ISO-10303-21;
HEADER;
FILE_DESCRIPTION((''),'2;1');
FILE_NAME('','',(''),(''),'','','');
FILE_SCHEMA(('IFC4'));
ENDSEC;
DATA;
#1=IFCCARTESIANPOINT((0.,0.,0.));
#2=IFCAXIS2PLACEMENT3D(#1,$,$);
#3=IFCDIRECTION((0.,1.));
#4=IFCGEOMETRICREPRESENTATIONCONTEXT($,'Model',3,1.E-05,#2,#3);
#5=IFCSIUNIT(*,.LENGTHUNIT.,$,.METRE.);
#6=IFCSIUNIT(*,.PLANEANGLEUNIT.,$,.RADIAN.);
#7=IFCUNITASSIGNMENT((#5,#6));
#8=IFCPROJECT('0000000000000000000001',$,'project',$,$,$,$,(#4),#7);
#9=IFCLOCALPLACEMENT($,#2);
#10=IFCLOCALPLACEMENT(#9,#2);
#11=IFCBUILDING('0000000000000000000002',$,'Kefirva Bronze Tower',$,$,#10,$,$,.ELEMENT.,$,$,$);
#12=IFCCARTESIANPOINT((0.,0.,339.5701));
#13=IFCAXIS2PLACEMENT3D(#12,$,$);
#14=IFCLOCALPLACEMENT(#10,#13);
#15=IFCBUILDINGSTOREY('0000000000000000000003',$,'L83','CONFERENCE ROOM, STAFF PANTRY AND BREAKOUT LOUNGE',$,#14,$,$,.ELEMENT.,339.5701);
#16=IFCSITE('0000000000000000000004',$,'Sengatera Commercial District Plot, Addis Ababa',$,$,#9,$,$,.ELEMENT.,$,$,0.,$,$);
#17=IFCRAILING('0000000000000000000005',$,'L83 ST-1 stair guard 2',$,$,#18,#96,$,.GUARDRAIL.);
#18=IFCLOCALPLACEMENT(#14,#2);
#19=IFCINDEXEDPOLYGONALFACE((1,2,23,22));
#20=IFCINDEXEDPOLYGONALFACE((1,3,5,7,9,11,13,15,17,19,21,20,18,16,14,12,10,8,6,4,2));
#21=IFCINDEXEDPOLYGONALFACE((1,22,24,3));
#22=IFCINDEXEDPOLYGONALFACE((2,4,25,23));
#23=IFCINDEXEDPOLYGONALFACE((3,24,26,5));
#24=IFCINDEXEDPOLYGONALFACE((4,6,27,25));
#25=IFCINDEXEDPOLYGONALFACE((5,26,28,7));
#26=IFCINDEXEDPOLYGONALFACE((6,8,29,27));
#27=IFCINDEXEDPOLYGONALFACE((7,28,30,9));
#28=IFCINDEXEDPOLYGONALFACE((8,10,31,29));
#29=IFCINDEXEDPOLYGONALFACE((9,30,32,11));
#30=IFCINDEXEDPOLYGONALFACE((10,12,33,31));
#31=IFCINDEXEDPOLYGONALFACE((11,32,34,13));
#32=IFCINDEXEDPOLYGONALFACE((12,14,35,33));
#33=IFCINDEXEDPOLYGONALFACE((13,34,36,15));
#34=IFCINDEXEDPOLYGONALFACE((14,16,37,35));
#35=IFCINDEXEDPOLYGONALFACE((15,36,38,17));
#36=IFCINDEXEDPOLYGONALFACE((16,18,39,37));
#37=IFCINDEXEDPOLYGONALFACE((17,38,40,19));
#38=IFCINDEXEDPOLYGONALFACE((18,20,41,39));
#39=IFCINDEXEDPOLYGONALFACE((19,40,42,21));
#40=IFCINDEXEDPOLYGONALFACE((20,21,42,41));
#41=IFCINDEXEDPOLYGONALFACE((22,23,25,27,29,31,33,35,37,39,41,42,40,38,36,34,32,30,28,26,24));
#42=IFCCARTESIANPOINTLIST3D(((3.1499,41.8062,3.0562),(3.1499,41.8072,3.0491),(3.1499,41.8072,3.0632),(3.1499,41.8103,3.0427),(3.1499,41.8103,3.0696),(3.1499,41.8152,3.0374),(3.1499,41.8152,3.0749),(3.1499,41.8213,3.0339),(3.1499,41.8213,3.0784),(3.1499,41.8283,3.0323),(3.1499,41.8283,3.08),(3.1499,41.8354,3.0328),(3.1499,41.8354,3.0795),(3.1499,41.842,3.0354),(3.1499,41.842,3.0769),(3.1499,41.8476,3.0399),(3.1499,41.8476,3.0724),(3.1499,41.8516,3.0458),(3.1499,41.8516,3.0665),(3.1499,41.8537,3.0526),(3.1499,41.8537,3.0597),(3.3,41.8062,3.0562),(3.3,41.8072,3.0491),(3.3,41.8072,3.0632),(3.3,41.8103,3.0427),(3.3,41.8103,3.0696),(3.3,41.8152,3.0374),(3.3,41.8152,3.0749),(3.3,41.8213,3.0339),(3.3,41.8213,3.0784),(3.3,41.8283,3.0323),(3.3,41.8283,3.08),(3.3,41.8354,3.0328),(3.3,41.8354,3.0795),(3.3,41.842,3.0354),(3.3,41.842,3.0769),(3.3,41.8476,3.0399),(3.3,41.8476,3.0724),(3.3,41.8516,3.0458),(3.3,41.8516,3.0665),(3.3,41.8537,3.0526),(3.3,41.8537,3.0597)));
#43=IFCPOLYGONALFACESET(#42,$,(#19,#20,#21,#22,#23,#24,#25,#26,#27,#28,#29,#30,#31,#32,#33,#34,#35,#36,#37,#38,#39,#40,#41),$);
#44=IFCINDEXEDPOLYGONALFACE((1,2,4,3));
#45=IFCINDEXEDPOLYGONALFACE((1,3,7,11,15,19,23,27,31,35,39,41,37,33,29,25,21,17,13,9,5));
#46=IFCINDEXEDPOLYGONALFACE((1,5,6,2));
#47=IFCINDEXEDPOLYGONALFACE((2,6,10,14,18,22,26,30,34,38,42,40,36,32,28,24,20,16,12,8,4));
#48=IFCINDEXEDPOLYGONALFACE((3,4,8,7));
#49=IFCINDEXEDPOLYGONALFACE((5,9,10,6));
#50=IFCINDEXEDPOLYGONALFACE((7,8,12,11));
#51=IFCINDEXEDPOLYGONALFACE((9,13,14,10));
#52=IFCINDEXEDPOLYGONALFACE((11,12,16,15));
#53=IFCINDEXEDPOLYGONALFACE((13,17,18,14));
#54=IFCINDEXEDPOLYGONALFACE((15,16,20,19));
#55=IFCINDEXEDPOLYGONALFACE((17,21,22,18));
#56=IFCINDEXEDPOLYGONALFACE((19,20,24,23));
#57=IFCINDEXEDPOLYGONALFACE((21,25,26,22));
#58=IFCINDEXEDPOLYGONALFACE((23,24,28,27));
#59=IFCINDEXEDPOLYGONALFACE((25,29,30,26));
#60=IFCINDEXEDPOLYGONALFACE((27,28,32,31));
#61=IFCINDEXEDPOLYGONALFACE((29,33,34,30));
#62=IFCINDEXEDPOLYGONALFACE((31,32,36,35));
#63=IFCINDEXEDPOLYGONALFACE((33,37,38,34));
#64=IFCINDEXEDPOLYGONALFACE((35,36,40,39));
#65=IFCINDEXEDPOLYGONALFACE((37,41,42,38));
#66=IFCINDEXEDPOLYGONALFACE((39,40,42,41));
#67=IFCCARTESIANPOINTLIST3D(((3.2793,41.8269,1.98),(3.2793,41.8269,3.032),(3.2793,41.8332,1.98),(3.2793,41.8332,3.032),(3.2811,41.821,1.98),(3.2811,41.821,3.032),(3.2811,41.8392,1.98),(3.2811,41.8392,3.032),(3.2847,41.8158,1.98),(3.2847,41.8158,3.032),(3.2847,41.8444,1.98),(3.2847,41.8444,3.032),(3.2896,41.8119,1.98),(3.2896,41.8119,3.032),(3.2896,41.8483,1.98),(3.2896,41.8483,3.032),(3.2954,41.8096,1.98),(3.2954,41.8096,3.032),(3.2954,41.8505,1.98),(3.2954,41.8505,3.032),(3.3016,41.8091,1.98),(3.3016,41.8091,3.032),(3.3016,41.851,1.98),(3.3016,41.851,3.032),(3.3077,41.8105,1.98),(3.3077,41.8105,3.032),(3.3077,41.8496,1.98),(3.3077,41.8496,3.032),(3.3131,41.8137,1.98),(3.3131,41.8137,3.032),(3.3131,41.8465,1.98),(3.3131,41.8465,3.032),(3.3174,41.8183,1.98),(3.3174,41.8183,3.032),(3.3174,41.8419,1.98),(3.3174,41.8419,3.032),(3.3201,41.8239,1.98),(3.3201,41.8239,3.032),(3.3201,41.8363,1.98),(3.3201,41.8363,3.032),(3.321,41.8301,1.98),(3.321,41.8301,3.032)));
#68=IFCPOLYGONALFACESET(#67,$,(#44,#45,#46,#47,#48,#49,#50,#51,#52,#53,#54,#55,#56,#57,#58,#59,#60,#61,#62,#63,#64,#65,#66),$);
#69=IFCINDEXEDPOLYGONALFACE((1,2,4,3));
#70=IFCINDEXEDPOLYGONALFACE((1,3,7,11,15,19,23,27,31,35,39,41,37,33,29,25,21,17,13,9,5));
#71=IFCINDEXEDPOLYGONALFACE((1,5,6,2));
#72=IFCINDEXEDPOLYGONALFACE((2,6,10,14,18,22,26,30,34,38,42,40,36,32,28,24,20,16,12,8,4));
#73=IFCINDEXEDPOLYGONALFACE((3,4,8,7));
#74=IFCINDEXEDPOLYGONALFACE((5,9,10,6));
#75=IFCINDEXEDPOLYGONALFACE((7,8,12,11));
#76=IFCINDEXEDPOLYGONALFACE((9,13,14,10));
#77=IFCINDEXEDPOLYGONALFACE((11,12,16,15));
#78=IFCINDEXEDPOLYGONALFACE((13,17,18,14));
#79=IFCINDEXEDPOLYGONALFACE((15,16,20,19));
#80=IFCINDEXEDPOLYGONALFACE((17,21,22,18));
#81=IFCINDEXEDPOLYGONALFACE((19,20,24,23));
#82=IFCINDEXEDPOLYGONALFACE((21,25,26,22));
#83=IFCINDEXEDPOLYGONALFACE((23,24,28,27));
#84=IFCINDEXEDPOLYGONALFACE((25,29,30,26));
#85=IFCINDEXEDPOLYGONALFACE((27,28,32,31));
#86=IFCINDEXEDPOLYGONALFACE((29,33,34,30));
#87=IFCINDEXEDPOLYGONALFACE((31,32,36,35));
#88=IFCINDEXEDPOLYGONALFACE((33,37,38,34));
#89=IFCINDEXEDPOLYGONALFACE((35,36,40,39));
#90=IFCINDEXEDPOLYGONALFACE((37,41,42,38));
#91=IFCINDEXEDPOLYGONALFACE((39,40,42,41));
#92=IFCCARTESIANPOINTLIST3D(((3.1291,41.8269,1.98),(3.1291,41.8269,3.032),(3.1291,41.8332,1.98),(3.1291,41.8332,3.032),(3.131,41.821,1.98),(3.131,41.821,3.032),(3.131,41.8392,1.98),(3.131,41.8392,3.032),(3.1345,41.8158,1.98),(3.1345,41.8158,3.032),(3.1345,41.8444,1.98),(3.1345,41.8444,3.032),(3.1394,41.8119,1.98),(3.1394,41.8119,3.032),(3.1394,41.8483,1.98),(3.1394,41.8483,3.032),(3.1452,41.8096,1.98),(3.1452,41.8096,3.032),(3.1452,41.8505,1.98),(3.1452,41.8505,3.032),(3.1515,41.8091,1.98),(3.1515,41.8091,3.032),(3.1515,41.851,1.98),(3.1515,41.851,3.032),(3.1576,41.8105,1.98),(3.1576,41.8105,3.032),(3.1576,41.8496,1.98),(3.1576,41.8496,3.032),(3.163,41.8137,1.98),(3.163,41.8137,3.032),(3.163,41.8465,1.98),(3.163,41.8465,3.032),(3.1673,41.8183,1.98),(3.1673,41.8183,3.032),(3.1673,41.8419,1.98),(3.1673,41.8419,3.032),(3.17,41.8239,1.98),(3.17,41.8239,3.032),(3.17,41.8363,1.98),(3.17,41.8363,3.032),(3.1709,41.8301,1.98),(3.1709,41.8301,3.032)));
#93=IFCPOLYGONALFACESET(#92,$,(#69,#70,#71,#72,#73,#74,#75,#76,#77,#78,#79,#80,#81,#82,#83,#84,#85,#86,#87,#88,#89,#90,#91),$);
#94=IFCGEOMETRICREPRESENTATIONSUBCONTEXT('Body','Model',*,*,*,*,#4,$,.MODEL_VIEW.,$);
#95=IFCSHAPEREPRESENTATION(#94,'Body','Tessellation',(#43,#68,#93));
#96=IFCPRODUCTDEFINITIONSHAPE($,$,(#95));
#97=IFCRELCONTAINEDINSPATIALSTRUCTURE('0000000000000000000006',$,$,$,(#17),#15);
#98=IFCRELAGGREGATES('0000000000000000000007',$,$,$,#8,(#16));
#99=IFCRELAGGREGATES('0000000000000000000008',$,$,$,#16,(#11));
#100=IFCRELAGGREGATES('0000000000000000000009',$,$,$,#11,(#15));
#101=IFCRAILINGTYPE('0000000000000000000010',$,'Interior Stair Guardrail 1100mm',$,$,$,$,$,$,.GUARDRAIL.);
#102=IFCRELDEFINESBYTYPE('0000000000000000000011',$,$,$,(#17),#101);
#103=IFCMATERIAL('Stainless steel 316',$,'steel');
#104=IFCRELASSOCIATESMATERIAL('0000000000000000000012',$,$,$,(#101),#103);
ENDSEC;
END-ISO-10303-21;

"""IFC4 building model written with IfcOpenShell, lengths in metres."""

from ifc_helpers import new_model, si_unit, direction, frame, origin, origin_2d, place, context, subcontext, project, spatial, circle, extrude, material, type_object, element, save


model = new_model("IFC4")

# Units and contexts
model_context = context("Model", 3, precision=1e-05, world=origin(), true_north=direction((0.0, 1.0)))
body_context = subcontext(model_context, "Body", "Model", "MODEL_VIEW")
ifc_project = project(units=[si_unit("LENGTHUNIT", "METRE"), si_unit("PLANEANGLEUNIT", "RADIAN")], contexts=[model_context])

# Site, building, storey
site_placement = place(None, origin())
site = spatial("IfcSite", under=ifc_project, at=site_placement, Name="Sengatera Commercial District Plot, Addis Ababa", CompositionType="ELEMENT", RefElevation=0.0)
building_placement = place(site_placement, origin())
building = spatial("IfcBuilding", under=site, at=building_placement, Name="Kefirva Bronze Tower", CompositionType="ELEMENT")
storey_placement = place(building_placement, frame((0.0, 0.0, 339.5701)))
storey = spatial("IfcBuildingStorey", under=building, at=storey_placement, Name="L83", Description="CONFERENCE ROOM, STAFF PANTRY AND BREAKOUT LOUNGE", CompositionType="ELEMENT", Elevation=339.5701)

# Railing
ifc_material_1 = material(Name="Stainless steel 316", Category="steel")
railing_type_1 = type_object("IfcRailingType", Name="Interior Stair Guardrail 1100mm", PredefinedType="GUARDRAIL", material=ifc_material_1)
railing_1_placement = place(storey_placement, frame((3.3, 41.8301, 1.98)))
element("IfcRailing", 1, at=railing_1_placement, inside=storey, type_object=railing_type_1, Name="L83 ST-1 stair guard 2", PredefinedType="GUARDRAIL", context=body_context, shape_type="SweptSolid", body=[
    extrude(circle(Radius=0.0239, at=origin_2d()), frame((0.0, 0.0, 1.0762), z_axis=(-1.0, 0.0, 0.0), x_axis=(0.0, -1.0, 0.0)), (0.0, 0.0, 1.0), 0.1501),
    extrude(circle(Radius=0.021, at=origin_2d()), origin(), (0.0, 0.0, 1.0), 1.052),
    extrude(circle(Radius=0.021, at=origin_2d()), frame((-0.1501, 0.0, 0.0)), (0.0, 0.0, 1.0), 1.052),
])

save(model, "model.ifc")
